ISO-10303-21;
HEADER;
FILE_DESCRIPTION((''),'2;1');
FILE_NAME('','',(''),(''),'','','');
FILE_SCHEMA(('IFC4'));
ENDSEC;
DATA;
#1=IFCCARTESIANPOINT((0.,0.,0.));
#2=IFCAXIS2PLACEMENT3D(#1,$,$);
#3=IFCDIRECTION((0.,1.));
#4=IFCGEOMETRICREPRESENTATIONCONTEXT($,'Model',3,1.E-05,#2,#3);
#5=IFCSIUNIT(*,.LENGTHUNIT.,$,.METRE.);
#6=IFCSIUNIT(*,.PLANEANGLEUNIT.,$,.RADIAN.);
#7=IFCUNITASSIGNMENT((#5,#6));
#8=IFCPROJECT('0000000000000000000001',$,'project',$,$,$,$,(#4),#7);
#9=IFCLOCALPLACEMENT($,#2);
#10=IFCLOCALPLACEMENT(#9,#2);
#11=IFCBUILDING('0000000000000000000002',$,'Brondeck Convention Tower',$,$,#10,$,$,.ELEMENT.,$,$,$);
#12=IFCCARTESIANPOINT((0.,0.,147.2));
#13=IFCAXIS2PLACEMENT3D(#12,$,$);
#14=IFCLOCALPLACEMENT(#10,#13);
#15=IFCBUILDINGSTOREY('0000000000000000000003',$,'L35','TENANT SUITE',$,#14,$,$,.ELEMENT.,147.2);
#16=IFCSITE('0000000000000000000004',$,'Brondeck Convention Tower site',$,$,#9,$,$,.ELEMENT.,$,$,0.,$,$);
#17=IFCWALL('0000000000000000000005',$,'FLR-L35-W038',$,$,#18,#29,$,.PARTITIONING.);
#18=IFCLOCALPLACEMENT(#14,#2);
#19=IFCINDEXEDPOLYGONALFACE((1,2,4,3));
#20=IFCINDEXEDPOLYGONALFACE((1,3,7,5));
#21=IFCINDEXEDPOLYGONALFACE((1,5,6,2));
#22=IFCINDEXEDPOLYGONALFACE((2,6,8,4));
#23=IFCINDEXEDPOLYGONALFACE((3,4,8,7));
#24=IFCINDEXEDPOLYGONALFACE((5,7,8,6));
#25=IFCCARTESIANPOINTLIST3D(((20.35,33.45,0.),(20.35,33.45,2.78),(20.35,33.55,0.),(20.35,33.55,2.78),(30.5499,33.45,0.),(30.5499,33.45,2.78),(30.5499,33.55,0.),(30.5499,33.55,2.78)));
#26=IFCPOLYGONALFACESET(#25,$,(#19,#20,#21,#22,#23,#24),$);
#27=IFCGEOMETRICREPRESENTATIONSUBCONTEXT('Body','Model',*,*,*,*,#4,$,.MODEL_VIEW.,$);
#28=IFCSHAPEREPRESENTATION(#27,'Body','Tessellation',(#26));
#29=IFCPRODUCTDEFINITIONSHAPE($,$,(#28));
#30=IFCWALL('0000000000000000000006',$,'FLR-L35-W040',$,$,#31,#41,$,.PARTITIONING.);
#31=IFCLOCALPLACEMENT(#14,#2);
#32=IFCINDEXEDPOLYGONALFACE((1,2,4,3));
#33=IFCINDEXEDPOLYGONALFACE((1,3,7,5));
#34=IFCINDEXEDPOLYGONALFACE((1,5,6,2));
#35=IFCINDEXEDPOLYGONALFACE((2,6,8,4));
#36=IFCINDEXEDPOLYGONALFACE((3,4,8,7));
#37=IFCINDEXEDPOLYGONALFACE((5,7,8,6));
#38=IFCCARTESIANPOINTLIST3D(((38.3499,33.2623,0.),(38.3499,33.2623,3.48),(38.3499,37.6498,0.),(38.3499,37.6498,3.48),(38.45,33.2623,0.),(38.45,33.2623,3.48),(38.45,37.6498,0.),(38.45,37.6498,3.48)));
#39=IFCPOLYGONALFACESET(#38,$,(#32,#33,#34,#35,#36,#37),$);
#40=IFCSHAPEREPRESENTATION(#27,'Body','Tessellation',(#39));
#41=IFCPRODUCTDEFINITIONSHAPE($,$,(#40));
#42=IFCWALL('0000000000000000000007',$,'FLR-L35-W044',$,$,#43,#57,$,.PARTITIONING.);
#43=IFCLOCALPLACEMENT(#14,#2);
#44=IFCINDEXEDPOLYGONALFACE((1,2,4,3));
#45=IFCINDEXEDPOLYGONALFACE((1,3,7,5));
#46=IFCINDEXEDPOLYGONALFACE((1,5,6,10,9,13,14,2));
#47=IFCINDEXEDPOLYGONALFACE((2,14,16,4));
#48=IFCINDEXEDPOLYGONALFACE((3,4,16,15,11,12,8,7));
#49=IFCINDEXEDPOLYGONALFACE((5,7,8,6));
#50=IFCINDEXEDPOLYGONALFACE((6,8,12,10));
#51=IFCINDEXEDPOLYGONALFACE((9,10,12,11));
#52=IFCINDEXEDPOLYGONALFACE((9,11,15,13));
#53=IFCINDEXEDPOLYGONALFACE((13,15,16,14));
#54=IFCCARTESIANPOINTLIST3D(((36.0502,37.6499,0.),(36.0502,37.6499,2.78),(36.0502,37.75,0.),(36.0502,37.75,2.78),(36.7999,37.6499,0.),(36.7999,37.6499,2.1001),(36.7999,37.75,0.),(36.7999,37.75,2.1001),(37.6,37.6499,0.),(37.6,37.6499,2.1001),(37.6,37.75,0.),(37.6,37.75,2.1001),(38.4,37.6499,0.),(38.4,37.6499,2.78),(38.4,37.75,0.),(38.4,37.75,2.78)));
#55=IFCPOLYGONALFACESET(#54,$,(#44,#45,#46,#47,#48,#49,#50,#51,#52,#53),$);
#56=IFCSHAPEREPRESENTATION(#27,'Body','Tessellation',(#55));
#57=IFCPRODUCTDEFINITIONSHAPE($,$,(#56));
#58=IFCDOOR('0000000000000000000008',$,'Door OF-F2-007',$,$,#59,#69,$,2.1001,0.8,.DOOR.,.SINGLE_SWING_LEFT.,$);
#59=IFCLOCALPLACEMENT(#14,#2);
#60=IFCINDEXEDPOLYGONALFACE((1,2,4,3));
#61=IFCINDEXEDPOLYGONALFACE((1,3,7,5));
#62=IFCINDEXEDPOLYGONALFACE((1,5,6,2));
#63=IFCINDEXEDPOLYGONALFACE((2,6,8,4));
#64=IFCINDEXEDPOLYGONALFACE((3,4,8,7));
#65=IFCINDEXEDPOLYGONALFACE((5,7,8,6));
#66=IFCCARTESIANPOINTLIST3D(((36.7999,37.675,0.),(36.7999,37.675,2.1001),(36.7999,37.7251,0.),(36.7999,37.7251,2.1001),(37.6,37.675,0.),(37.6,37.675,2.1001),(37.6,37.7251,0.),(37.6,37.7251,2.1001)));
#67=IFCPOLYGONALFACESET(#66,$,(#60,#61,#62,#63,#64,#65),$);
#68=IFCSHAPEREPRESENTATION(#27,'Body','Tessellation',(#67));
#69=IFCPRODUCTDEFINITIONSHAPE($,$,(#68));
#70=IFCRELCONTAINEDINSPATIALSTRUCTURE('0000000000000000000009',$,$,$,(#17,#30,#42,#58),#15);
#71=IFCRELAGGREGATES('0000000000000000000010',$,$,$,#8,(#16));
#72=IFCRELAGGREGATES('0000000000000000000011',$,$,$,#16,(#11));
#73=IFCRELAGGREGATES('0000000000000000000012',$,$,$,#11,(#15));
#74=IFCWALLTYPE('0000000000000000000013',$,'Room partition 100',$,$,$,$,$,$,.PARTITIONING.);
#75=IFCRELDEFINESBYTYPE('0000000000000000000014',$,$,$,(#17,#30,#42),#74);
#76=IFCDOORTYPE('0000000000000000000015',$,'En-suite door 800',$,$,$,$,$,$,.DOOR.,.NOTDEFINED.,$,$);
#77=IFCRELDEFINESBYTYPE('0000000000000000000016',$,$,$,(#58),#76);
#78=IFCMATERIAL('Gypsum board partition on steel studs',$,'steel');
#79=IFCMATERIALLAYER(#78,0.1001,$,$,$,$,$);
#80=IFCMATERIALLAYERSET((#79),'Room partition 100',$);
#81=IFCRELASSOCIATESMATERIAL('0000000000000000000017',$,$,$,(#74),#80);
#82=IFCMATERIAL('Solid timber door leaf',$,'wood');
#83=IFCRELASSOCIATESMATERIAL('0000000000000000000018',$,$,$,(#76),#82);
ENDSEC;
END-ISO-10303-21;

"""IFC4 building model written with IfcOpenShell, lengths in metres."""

from ifc_helpers import new_model, si_unit, direction, frame, frame_2d, origin, place, context, subcontext, project, spatial, rectangle, extrude, material, layer, layer_set, type_object, element, fill, save


model = new_model("IFC4")

# Units and contexts
model_context = context("Model", 3, precision=1e-05, world=origin(), true_north=direction((0.0, 1.0)))
body_context = subcontext(model_context, "Body", "Model", "MODEL_VIEW")
ifc_project = project(units=[si_unit("LENGTHUNIT", "METRE"), si_unit("PLANEANGLEUNIT", "RADIAN")], contexts=[model_context])

# Site, building, storey
site_placement = place(None, origin())
site = spatial("IfcSite", under=ifc_project, at=site_placement, Name="Brondeck Convention Tower site", CompositionType="ELEMENT", RefElevation=0.0)
building_placement = place(site_placement, origin())
building = spatial("IfcBuilding", under=site, at=building_placement, Name="Brondeck Convention Tower", CompositionType="ELEMENT")
storey_placement = place(building_placement, frame((0.0, 0.0, 147.2)))
storey = spatial("IfcBuildingStorey", under=building, at=storey_placement, Name="L35", Description="TENANT SUITE", CompositionType="ELEMENT", Elevation=147.2)

# Walls
ifc_material_1 = material(Name="Gypsum board partition on steel studs", Category="steel")
ifc_layer_1 = layer(ifc_material_1, 0.1001)
ifc_layer_set_1 = layer_set([ifc_layer_1], Name="Room partition 100")
wall_type_1 = type_object("IfcWallType", Name="Room partition 100", PredefinedType="PARTITIONING", material=ifc_layer_set_1)
wall_1_placement = place(storey_placement, frame((30.55, 33.5, 0.0), z_axis=(0.0, 0.0, 1.0), x_axis=(-1.0, 0.0, 0.0)))
element("IfcWall", 1, at=wall_1_placement, inside=storey, type_object=wall_type_1, Name="FLR-L35-W038", PredefinedType="PARTITIONING", context=body_context, shape_type="SweptSolid", body=[
    extrude(rectangle(XDim=10.2, YDim=0.1001, at=frame_2d((5.1001, 0.0))), origin(), (0.0, 0.0, 1.0), 2.78),
])
wall_2_placement = place(storey_placement, frame((38.3999, 37.6499, 0.0), z_axis=(0.0, 0.0, 1.0), x_axis=(0.0, -1.0, 0.0)))
element("IfcWall", 2, at=wall_2_placement, inside=storey, type_object=wall_type_1, Name="FLR-L35-W040", PredefinedType="PARTITIONING", context=body_context, shape_type="SweptSolid", body=[
    extrude(rectangle(XDim=4.3875, YDim=0.1001, at=frame_2d((2.1938, 0.0))), origin(), (0.0, 0.0, 1.0), 3.48),
])

# Wall, opening, door
wall_3_placement = place(storey_placement, frame((38.3999, 37.7, 0.0), z_axis=(0.0, 0.0, 1.0), x_axis=(-1.0, 0.0, 0.0)))
wall_3 = element("IfcWall", 3, at=wall_3_placement, inside=storey, type_object=wall_type_1, Name="FLR-L35-W044", PredefinedType="PARTITIONING", context=body_context, shape_type="SweptSolid", body=[
    extrude(rectangle(XDim=2.3499, YDim=0.1001, at=frame_2d((1.1748, 0.0))), origin(), (0.0, 0.0, 1.0), 2.78),
])
opening_1_placement = place(wall_3_placement, frame((0.8, 0.0, 0.0)))
opening_1 = element("IfcOpeningElement", 4, at=opening_1_placement, cuts=wall_3, PredefinedType="OPENING", context=body_context, shape_type="SweptSolid", body=[
    extrude(rectangle(XDim=0.8, YDim=2.1001, at=frame_2d((0.3999, 1.05))), frame((0.0, 0.0601, 0.0), z_axis=(0.0, -1.0, 0.0), x_axis=(1.0, 0.0, 0.0)), (0.0, 0.0, 1.0), 0.1201),
])
ifc_material_2 = material(Name="Solid timber door leaf", Category="wood")
door_type = type_object("IfcDoorType", Name="En-suite door 800", OperationType="NOTDEFINED", PredefinedType="DOOR", material=ifc_material_2)
door_placement = place(opening_1_placement, origin())
door = element("IfcDoor", 5, at=door_placement, inside=storey, type_object=door_type, Name="Door OF-F2-007", OperationType="SINGLE_SWING_LEFT", OverallHeight=2.1001, OverallWidth=0.8, PredefinedType="DOOR", context=body_context, shape_type="SweptSolid", body=[
    extrude(rectangle(XDim=0.8, YDim=2.1001, at=frame_2d((0.3999, 1.05))), frame((0.0, 0.0249, 0.0), z_axis=(0.0, -1.0, 0.0), x_axis=(1.0, 0.0, 0.0)), (0.0, 0.0, 1.0), 0.05),
])
fill(opening_1, door)

save(model, "model.ifc")
